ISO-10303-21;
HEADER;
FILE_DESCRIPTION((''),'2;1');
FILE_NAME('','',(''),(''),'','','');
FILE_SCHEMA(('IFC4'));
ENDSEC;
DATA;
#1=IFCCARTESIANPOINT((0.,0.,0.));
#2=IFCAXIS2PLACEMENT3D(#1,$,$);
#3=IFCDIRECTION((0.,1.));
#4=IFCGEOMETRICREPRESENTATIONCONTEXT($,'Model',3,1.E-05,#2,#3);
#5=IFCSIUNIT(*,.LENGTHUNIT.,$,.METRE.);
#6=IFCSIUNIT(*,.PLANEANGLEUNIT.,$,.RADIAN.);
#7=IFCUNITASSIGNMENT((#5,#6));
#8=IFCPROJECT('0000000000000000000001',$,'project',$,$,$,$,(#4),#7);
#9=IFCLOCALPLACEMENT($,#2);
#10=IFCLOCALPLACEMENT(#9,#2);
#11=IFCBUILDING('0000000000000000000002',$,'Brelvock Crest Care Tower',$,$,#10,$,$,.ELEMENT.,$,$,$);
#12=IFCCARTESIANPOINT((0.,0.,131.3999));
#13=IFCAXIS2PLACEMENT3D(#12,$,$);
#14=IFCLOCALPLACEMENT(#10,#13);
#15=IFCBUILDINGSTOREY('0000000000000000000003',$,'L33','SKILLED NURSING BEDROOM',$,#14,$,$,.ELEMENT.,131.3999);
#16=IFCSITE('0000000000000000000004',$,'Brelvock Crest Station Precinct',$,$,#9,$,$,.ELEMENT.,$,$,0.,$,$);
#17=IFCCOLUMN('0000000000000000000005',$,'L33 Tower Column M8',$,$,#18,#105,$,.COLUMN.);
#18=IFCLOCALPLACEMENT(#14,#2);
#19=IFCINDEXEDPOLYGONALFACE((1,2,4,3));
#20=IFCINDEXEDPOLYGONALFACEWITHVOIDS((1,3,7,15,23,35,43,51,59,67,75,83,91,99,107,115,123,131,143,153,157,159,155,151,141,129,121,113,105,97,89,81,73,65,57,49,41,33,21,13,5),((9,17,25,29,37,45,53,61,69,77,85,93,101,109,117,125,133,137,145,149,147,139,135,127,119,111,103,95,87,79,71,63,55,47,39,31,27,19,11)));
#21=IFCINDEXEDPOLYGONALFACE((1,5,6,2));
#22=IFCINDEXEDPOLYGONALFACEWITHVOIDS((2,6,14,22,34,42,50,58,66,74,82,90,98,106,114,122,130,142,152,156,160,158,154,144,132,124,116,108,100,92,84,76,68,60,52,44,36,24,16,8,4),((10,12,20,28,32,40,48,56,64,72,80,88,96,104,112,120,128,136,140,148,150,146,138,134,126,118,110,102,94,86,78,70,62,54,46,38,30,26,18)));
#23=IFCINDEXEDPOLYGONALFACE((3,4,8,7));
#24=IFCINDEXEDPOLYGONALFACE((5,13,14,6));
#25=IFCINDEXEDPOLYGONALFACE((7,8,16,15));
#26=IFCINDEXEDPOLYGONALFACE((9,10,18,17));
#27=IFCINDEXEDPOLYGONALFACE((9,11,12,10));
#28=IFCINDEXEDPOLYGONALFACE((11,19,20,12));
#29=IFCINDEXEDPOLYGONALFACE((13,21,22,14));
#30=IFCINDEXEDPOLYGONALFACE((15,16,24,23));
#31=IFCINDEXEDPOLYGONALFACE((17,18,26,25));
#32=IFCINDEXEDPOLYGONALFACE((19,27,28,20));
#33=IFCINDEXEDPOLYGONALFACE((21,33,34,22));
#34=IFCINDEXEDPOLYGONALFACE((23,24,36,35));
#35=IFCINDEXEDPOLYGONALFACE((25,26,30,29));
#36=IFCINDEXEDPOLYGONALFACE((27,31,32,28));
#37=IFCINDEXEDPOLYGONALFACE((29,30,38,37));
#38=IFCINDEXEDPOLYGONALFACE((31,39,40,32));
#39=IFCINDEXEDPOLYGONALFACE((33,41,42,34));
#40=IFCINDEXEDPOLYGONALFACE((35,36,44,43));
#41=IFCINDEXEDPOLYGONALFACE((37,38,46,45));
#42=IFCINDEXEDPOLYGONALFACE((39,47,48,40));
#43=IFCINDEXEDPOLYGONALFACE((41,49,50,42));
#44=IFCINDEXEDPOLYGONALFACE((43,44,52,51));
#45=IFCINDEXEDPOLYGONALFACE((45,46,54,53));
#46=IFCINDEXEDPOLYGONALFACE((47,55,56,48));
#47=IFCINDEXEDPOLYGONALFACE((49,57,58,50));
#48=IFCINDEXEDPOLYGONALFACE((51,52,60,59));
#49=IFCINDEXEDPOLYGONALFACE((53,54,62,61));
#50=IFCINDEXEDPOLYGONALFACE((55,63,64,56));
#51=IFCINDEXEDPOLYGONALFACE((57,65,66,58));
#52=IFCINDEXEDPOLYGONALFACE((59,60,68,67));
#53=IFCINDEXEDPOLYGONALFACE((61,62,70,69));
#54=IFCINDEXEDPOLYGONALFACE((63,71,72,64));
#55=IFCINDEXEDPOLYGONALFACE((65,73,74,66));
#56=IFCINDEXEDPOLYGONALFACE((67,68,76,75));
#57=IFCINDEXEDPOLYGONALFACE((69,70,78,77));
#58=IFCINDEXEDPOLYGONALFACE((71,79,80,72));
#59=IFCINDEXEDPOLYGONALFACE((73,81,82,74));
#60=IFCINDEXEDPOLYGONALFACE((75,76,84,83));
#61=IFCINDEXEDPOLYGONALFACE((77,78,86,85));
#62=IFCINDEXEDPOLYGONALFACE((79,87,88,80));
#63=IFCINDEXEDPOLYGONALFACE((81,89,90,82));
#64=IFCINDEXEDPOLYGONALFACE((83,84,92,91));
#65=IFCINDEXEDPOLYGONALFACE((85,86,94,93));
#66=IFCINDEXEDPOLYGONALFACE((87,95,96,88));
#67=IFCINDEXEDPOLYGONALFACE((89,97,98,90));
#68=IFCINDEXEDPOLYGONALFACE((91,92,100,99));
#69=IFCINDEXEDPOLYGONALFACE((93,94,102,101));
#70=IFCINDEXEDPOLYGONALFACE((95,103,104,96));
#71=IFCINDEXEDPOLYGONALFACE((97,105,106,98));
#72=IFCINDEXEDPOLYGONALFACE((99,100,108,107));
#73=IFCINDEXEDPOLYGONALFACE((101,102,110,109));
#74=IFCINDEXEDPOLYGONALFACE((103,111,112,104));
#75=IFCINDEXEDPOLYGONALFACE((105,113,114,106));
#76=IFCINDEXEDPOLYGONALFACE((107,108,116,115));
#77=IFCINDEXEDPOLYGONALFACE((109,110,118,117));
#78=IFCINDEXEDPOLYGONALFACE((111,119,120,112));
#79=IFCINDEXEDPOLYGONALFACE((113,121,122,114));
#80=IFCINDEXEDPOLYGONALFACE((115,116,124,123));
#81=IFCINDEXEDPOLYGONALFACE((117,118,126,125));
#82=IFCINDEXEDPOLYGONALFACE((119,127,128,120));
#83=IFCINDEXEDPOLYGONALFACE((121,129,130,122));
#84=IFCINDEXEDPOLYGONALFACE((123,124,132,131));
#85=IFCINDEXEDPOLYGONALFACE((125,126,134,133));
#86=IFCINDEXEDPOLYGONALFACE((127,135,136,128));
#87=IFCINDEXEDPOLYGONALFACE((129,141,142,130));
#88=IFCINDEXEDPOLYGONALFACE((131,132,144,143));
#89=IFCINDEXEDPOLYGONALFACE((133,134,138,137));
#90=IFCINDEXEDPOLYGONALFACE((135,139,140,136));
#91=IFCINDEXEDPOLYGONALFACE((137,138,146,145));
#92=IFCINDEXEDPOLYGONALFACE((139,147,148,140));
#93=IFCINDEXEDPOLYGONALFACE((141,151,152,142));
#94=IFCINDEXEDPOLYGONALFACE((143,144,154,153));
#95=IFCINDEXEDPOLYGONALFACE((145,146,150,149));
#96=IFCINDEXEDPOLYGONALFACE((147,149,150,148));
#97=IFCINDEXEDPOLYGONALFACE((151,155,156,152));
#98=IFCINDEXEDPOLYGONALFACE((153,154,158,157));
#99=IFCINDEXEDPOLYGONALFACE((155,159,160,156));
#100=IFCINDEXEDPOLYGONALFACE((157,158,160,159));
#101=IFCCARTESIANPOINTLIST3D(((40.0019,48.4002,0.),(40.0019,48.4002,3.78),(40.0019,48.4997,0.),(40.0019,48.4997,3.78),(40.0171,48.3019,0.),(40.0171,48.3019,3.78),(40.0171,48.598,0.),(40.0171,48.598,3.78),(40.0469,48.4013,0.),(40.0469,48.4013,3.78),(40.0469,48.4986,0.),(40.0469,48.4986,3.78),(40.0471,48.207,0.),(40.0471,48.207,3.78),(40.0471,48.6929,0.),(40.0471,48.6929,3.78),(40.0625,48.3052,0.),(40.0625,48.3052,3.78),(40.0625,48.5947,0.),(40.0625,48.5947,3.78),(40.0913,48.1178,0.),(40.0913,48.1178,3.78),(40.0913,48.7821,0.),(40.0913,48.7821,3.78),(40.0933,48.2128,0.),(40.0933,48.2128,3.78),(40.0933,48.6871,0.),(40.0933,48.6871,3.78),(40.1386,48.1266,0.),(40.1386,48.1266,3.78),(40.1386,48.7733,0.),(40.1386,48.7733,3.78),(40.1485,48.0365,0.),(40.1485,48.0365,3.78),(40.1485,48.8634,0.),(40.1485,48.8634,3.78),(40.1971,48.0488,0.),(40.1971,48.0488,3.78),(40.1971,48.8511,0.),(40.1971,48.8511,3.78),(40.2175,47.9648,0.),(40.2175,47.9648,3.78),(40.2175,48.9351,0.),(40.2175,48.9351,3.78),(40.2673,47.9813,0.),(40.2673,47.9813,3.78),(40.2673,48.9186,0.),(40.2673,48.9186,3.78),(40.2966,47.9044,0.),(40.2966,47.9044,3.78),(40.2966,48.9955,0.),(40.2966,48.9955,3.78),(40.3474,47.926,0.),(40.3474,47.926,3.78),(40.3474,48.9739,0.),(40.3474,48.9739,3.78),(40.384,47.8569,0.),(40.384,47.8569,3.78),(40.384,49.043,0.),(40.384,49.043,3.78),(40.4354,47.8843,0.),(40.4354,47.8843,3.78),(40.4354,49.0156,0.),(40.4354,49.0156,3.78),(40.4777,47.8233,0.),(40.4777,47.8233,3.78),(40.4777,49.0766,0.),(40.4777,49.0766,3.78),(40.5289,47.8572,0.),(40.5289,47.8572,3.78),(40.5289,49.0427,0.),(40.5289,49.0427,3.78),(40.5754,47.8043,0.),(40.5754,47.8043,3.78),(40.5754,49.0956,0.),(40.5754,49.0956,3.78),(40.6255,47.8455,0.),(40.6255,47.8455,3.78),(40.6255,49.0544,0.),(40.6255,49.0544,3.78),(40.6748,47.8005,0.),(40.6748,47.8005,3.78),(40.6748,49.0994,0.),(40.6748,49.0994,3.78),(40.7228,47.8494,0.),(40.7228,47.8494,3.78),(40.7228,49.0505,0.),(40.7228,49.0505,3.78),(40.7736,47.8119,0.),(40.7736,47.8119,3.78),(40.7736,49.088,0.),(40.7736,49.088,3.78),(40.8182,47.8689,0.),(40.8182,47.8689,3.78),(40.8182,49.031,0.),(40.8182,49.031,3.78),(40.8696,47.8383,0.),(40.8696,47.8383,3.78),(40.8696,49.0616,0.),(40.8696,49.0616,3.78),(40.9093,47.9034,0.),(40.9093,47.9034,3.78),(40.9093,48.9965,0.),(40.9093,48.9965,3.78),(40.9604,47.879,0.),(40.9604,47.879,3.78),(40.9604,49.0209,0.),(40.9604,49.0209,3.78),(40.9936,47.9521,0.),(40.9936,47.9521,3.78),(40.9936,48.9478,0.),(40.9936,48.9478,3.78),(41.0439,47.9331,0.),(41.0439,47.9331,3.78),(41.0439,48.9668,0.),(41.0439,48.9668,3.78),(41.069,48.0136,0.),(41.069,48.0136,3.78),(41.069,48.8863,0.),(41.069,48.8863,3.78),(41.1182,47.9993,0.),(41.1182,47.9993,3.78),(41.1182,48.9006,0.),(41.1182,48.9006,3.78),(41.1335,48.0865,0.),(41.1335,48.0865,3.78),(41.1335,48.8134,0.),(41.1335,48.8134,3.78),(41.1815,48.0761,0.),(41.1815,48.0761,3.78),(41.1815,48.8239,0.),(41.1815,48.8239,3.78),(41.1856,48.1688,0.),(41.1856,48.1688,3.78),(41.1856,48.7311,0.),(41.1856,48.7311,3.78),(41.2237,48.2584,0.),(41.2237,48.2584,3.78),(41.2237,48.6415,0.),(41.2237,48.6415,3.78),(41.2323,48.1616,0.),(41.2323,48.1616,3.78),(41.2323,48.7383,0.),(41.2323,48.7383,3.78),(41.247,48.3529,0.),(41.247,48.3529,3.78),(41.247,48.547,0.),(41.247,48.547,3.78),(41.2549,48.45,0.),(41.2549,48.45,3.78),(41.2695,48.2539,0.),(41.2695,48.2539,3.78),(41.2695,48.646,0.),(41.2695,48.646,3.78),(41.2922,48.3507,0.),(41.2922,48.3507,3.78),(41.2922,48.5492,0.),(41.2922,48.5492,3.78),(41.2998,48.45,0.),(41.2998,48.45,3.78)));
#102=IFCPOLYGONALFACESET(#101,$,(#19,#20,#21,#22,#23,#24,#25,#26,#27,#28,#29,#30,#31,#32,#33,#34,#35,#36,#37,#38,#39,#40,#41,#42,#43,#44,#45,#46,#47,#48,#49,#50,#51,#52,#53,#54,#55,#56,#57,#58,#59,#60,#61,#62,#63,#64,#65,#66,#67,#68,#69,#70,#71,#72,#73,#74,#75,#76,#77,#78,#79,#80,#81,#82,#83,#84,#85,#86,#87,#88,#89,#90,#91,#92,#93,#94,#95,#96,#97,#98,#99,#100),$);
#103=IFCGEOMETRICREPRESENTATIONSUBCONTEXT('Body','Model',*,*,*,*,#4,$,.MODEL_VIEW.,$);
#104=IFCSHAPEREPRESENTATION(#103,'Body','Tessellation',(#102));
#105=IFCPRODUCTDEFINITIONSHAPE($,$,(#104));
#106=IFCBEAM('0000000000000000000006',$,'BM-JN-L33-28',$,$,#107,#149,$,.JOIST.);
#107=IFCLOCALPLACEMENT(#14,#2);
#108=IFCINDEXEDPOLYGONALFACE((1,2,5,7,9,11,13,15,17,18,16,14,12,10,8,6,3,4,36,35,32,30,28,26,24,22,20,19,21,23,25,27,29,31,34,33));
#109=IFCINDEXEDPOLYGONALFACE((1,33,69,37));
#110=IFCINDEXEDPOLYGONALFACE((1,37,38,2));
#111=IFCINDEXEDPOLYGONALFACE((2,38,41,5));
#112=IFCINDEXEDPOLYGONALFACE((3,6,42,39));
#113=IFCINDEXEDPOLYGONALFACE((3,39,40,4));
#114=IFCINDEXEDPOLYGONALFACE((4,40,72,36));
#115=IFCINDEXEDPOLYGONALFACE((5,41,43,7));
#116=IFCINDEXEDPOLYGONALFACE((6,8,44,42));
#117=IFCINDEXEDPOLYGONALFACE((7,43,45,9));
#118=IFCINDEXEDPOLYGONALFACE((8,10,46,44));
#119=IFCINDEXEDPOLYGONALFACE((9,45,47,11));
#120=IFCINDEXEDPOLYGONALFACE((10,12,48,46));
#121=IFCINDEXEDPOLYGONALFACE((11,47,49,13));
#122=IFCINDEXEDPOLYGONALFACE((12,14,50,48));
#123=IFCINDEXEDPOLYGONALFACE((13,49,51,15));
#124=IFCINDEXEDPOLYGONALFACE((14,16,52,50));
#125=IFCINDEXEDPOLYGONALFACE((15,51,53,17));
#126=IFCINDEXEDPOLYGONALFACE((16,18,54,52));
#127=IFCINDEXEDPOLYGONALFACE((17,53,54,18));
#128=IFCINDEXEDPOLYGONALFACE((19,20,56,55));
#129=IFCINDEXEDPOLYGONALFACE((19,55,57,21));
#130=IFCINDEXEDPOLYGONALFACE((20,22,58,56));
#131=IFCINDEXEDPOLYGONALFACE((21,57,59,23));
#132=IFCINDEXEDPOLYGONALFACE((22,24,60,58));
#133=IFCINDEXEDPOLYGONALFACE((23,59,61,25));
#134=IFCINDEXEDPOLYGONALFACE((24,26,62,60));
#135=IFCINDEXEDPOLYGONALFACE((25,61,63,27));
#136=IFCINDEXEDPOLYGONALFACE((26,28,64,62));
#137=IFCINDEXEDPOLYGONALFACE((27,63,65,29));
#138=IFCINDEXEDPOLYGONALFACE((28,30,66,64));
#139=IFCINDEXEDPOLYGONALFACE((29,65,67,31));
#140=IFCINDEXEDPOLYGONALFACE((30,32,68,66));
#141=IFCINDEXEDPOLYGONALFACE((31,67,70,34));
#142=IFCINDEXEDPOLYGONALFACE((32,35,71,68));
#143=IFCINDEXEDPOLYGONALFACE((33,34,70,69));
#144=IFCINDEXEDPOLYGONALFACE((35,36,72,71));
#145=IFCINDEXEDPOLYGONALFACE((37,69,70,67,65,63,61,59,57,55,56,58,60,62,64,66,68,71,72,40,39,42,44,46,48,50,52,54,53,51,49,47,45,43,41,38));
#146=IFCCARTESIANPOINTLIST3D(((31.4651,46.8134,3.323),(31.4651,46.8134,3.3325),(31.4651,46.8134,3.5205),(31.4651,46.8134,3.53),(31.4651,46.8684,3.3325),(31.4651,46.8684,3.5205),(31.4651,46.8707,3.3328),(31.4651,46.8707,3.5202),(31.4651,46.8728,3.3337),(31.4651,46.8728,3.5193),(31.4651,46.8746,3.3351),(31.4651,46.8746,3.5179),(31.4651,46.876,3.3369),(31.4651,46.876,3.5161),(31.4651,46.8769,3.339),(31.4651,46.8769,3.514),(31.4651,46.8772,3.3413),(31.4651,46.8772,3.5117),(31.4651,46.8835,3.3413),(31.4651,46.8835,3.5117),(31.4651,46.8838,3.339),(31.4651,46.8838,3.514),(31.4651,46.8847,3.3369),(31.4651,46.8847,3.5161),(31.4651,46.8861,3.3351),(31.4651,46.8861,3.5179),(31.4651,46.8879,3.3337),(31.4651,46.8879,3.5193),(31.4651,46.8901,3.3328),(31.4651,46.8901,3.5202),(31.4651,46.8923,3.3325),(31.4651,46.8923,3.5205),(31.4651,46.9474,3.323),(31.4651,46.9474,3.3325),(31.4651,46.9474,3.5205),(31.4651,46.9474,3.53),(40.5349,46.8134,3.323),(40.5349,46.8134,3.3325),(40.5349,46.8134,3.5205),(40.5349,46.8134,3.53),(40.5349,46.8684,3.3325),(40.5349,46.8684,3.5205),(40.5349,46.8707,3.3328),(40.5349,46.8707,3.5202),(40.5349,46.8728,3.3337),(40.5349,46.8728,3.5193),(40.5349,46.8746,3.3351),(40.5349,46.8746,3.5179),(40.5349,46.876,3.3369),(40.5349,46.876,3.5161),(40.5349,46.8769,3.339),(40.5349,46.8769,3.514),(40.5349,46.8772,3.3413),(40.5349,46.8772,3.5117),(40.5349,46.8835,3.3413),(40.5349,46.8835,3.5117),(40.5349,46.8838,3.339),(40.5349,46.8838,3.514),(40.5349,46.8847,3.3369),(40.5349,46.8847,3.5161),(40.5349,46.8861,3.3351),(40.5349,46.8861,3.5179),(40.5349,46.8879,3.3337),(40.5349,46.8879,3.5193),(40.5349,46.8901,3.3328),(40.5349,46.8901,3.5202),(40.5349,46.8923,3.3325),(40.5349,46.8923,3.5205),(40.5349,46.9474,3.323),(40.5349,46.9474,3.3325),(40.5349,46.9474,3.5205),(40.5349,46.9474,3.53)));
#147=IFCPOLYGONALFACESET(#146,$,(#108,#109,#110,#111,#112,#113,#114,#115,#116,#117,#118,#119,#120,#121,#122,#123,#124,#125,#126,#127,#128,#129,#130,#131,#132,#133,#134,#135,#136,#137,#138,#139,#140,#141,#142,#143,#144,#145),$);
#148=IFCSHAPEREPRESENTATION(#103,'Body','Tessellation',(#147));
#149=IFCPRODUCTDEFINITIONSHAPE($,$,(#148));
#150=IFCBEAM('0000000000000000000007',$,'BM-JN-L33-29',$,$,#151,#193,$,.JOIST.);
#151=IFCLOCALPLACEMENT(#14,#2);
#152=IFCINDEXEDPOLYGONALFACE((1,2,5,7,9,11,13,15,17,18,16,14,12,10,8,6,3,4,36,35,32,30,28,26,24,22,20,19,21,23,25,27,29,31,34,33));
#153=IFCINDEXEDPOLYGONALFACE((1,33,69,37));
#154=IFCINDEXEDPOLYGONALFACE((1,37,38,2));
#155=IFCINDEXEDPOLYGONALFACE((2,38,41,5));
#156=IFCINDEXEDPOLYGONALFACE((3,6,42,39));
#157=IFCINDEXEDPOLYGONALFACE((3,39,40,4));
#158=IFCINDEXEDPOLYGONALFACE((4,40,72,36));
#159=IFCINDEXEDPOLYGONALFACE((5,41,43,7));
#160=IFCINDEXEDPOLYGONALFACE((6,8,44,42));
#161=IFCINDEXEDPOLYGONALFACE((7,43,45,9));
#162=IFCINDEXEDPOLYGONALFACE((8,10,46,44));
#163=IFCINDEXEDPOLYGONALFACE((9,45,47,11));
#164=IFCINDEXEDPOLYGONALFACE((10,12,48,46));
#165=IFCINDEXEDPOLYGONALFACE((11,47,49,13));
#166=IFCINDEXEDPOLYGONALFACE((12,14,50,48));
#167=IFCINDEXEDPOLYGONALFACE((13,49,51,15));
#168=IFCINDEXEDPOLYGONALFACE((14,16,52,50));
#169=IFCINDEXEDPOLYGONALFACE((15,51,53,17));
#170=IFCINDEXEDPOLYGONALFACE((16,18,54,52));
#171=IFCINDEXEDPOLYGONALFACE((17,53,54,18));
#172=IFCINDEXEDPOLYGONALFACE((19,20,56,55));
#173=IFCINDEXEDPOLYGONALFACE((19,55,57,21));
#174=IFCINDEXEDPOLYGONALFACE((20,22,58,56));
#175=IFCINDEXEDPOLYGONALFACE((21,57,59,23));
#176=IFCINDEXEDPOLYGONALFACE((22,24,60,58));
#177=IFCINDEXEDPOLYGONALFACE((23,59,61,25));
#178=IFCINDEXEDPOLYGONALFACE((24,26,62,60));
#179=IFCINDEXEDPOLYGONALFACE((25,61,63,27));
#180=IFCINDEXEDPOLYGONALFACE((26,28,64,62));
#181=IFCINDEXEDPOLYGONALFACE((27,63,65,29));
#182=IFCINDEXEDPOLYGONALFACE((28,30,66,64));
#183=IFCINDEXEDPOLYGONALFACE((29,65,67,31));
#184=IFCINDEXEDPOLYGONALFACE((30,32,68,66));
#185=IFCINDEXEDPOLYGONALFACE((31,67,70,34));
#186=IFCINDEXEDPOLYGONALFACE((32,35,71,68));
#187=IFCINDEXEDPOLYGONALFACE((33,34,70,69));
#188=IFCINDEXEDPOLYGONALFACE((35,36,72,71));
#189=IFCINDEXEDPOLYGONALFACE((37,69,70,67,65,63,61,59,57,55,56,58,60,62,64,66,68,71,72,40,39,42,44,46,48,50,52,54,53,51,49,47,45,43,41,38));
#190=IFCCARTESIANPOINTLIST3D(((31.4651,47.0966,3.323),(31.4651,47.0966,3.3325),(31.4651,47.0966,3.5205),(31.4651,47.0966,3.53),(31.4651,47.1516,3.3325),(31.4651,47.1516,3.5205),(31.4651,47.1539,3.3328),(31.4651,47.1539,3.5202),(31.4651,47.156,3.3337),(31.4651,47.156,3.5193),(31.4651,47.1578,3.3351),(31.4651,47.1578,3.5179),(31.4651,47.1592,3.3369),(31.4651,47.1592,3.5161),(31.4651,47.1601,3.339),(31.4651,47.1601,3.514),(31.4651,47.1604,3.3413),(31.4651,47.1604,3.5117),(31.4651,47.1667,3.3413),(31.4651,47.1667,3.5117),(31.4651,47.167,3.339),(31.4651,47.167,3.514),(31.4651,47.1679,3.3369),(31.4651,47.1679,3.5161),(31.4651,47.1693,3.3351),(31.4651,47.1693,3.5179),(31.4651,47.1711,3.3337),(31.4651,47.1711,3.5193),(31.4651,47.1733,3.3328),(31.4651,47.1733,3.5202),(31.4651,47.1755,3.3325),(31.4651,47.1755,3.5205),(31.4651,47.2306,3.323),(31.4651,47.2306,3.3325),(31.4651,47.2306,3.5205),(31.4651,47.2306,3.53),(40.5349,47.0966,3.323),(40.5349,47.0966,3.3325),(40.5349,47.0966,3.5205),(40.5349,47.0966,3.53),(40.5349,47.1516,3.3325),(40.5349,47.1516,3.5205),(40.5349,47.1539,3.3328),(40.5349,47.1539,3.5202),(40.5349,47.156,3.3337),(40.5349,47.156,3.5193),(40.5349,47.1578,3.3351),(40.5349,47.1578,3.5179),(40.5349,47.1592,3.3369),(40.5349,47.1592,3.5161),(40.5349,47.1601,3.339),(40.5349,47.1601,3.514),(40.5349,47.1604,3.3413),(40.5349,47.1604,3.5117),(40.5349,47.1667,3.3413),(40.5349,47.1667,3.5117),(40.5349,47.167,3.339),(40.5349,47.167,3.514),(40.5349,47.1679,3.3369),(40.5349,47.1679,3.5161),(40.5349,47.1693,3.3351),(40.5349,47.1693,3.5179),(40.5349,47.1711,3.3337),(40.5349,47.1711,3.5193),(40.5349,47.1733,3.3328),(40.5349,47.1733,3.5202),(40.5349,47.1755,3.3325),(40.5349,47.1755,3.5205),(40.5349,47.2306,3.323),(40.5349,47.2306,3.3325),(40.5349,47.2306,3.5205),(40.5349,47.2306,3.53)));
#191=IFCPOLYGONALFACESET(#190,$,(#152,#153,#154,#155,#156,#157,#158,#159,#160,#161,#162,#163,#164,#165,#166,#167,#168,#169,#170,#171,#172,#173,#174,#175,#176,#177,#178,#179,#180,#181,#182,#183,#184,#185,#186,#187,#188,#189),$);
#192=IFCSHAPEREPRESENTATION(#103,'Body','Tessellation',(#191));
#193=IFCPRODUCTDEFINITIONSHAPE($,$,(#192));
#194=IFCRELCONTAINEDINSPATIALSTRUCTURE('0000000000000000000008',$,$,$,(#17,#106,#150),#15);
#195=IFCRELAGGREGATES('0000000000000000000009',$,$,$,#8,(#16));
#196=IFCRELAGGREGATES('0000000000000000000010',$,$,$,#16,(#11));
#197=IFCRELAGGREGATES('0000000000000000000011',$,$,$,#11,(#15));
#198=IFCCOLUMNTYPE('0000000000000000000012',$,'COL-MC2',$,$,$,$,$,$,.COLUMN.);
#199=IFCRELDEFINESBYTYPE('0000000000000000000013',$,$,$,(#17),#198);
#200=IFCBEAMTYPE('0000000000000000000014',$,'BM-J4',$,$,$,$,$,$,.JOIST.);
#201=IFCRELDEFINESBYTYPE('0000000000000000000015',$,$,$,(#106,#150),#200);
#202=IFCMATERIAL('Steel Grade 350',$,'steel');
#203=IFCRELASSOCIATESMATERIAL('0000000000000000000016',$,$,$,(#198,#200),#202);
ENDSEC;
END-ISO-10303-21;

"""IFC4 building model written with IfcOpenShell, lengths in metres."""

from ifc_helpers import new_model, si_unit, direction, frame, origin, origin_2d, place, context, subcontext, project, spatial, hollow_circle, i_section, extrude, source, transform, mapped, material, material_profile, profile_set, type_object, element, save


model = new_model("IFC4")

# Units and contexts
model_context = context("Model", 3, precision=1e-05, world=origin(), true_north=direction((0.0, 1.0)))
body_context = subcontext(model_context, "Body", "Model", "MODEL_VIEW")
ifc_project = project(units=[si_unit("LENGTHUNIT", "METRE"), si_unit("PLANEANGLEUNIT", "RADIAN")], contexts=[model_context])

# Site, building, storey
site_placement = place(None, origin())
site = spatial("IfcSite", under=ifc_project, at=site_placement, Name="Brelvock Crest Station Precinct", CompositionType="ELEMENT", RefElevation=0.0)
building_placement = place(site_placement, origin())
building = spatial("IfcBuilding", under=site, at=building_placement, Name="Brelvock Crest Care Tower", CompositionType="ELEMENT")
storey_placement = place(building_placement, frame((0.0, 0.0, 131.3999)))
storey = spatial("IfcBuildingStorey", under=building, at=storey_placement, Name="L33", Description="SKILLED NURSING BEDROOM", CompositionType="ELEMENT", Elevation=131.3999)

# Column
ifc_material_1 = material(Name="Steel Grade 350", Category="steel")
ifc_material_profile_1 = material_profile(ifc_material_1, hollow_circle(Radius=0.6499, WallThickness=0.0449, at=origin_2d()), Name="CFT1300x45")
ifc_profile_set_1 = profile_set([ifc_material_profile_1], Name="Steel Grade 350")
column_type = type_object("IfcColumnType", Name="COL-MC2", PredefinedType="COLUMN", material=ifc_profile_set_1)
shared_shape_1 = source(origin(), body_context, "Body", "SweptSolid", [
    extrude(hollow_circle(Radius=0.6499, WallThickness=0.0449, at=origin_2d()), origin(), (0.0, 0.0, 1.0), 3.78),
])
column_placement = place(storey_placement, frame((40.6499, 48.45, 0.0), z_axis=(0.0, 0.0, 1.0), x_axis=(1.0, 0.0, 0.0)))
element("IfcColumn", 1, at=column_placement, inside=storey, type_object=column_type, Name="L33 Tower Column M8", PredefinedType="COLUMN", context=body_context, shape_type="MappedRepresentation", body=[
    mapped(shared_shape_1, transform((0.0, 0.0, 0.0), x_axis=(1.0, 0.0, 0.0), y_axis=(0.0, 1.0, 0.0), z_axis=(0.0, 0.0, 1.0), scale=1.0)),
])

# Beams
ifc_material_profile_2 = material_profile(ifc_material_1, i_section(OverallWidth=0.134, OverallDepth=0.207, WebThickness=0.0063, FlangeThickness=0.0095, FilletRadius=0.0088, at=origin_2d()), Name="200UB29.8")
ifc_profile_set_2 = profile_set([ifc_material_profile_2], Name="Steel Grade 350")
beam_type_1 = type_object("IfcBeamType", Name="BM-J4", PredefinedType="JOIST", material=ifc_profile_set_2)
shared_shape_2 = source(origin(), body_context, "Body", "SweptSolid", [
    extrude(i_section(OverallWidth=0.134, OverallDepth=0.207, WebThickness=0.0063, FlangeThickness=0.0095, FilletRadius=0.0088, at=origin_2d()), origin(), (0.0, 0.0, 1.0), 9.0698),
])
for number, where, z_axis, x_axis, name in (
    (2, (31.4651, 46.8804, 3.4265), (1.0, 0.0, 0.0), (0.0, 1.0, 0.0), "BM-JN-L33-28"),
    (3, (31.4651, 47.1636, 3.4265), (1.0, 0.0, 0.0), (0.0, 1.0, 0.0), "BM-JN-L33-29"),
):
    element("IfcBeam", number, at=place(storey_placement, frame(where, z_axis=z_axis, x_axis=x_axis)), inside=storey, type_object=beam_type_1, Name=name, PredefinedType="JOIST", context=body_context, shape_type="MappedRepresentation", body=[
        mapped(shared_shape_2, transform((0.0, 0.0, 0.0), x_axis=(1.0, 0.0, 0.0), y_axis=(0.0, 1.0, 0.0), z_axis=(0.0, 0.0, 1.0), scale=1.0)),
    ])

save(model, "model.ifc")
